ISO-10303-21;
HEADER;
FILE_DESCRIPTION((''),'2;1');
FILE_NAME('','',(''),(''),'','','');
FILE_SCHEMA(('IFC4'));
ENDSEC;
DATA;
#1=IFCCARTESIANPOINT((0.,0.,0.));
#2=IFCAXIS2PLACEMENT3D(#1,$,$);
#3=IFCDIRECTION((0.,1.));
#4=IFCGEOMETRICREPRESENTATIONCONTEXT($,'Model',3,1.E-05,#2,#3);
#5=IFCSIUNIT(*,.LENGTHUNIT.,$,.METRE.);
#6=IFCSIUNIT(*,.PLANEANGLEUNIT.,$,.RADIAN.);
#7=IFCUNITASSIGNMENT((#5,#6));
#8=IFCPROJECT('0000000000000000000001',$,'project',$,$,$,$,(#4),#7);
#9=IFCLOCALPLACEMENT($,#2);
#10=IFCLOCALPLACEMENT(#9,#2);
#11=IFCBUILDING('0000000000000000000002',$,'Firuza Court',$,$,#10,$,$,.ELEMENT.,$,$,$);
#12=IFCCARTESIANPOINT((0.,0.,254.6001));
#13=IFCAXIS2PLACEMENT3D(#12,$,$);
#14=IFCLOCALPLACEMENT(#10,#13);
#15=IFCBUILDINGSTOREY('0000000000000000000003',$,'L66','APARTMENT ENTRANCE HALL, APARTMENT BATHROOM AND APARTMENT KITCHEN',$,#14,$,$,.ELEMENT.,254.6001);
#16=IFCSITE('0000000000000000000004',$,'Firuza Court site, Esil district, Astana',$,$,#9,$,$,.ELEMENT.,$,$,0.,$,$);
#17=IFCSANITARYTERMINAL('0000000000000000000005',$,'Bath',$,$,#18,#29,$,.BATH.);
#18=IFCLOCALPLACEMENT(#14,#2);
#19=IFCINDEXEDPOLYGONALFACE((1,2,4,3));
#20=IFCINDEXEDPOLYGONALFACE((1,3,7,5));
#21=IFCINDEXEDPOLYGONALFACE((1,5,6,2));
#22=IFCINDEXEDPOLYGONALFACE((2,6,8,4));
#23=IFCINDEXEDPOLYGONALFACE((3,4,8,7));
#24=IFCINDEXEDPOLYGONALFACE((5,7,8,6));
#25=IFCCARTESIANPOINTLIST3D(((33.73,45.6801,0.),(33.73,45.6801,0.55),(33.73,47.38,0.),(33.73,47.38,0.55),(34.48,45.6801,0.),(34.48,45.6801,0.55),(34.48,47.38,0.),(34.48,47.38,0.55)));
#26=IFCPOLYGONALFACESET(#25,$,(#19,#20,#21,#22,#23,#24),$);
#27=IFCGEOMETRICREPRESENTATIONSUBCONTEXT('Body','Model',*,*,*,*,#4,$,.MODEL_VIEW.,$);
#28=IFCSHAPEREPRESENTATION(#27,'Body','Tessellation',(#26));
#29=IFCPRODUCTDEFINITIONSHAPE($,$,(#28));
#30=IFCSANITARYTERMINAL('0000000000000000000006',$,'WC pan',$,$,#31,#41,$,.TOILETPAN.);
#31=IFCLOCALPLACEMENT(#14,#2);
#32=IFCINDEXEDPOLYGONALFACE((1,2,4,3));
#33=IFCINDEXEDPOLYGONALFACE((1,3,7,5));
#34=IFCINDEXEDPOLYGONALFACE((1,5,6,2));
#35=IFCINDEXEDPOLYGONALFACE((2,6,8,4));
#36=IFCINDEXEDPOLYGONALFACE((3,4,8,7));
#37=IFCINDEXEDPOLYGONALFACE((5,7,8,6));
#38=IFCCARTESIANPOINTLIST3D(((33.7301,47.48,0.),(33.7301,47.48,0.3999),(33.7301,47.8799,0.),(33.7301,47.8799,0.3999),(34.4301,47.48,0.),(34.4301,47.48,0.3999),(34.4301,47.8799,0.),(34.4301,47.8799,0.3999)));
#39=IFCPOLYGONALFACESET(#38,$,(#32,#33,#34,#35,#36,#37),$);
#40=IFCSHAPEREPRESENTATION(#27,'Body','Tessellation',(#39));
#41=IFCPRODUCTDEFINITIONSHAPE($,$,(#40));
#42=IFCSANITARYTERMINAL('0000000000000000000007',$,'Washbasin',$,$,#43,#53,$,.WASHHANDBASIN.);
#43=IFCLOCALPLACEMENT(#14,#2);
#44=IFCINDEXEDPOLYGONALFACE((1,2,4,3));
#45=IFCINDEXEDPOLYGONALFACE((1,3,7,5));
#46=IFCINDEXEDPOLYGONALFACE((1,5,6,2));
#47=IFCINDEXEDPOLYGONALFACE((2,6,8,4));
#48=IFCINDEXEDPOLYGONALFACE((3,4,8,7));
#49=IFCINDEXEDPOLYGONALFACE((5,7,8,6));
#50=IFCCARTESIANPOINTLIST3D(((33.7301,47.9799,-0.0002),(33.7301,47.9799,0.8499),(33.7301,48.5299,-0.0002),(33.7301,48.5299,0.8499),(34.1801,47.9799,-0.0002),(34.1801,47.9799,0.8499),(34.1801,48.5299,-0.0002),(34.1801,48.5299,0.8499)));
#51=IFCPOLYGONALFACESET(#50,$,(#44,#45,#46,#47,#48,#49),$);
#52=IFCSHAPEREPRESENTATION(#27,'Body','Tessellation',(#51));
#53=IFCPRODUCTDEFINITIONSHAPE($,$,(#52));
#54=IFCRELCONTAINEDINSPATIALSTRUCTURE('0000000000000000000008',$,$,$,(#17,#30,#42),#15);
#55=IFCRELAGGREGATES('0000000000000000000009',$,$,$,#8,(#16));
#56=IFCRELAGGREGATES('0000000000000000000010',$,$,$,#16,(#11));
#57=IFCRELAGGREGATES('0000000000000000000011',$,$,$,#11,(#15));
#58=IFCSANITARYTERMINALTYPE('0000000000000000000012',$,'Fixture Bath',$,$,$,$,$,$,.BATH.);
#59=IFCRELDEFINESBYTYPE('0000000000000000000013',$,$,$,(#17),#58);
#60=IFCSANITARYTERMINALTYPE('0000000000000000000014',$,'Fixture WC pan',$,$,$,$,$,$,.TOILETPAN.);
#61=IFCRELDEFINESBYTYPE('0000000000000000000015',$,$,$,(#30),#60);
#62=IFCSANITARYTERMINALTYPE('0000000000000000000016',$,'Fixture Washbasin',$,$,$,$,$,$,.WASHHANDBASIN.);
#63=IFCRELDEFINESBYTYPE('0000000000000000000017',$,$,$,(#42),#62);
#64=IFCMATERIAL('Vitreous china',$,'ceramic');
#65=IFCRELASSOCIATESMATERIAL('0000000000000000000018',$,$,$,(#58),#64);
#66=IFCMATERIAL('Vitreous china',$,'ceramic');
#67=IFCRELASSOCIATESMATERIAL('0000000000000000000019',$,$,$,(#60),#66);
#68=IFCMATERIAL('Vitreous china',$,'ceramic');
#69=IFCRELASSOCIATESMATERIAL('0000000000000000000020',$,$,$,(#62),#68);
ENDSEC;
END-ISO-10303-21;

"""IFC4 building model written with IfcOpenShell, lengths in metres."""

from ifc_helpers import new_model, si_unit, direction, frame, origin, origin_2d, place, context, subcontext, project, spatial, rectangle, extrude, material, type_object, element, save


model = new_model("IFC4")

# Units and contexts
model_context = context("Model", 3, precision=1e-05, world=origin(), true_north=direction((0.0, 1.0)))
body_context = subcontext(model_context, "Body", "Model", "MODEL_VIEW")
ifc_project = project(units=[si_unit("LENGTHUNIT", "METRE"), si_unit("PLANEANGLEUNIT", "RADIAN")], contexts=[model_context])

# Site, building, storey
site_placement = place(None, origin())
site = spatial("IfcSite", under=ifc_project, at=site_placement, Name="Firuza Court site, Esil district, Astana", CompositionType="ELEMENT", RefElevation=0.0)
building_placement = place(site_placement, origin())
building = spatial("IfcBuilding", under=site, at=building_placement, Name="Firuza Court", CompositionType="ELEMENT")
storey_placement = place(building_placement, frame((0.0, 0.0, 254.6001)))
storey = spatial("IfcBuildingStorey", under=building, at=storey_placement, Name="L66", Description="APARTMENT ENTRANCE HALL, APARTMENT BATHROOM AND APARTMENT KITCHEN", CompositionType="ELEMENT", Elevation=254.6001)

# Sanitary terminals
ifc_material_1 = material(Name="Vitreous china", Category="ceramic")
sanitary_terminal_type_1 = type_object("IfcSanitaryTerminalType", Name="Fixture Bath", PredefinedType="BATH", material=ifc_material_1)
sanitary_terminal_1_placement = place(storey_placement, frame((34.105, 46.53, 0.0), z_axis=(0.0, 0.0, 1.0), x_axis=(1.0, 0.0, 0.0)))
element("IfcSanitaryTerminal", 1, at=sanitary_terminal_1_placement, inside=storey, type_object=sanitary_terminal_type_1, Name="Bath", PredefinedType="BATH", context=body_context, shape_type="SweptSolid", body=[
    extrude(rectangle(XDim=0.75, YDim=1.7, at=origin_2d()), origin(), (0.0, 0.0, 1.0), 0.55),
])
ifc_material_2 = material(Name="Vitreous china", Category="ceramic")
sanitary_terminal_type_2 = type_object("IfcSanitaryTerminalType", Name="Fixture WC pan", PredefinedType="TOILETPAN", material=ifc_material_2)
sanitary_terminal_2_placement = place(storey_placement, frame((34.0801, 47.6799, 0.0), z_axis=(0.0, 0.0, 1.0), x_axis=(1.0, 0.0, 0.0)))
element("IfcSanitaryTerminal", 2, at=sanitary_terminal_2_placement, inside=storey, type_object=sanitary_terminal_type_2, Name="WC pan", PredefinedType="TOILETPAN", context=body_context, shape_type="SweptSolid", body=[
    extrude(rectangle(XDim=0.7, YDim=0.3999, at=origin_2d()), origin(), (0.0, 0.0, 1.0), 0.3999),
])
ifc_material_3 = material(Name="Vitreous china", Category="ceramic")
sanitary_terminal_type_3 = type_object("IfcSanitaryTerminalType", Name="Fixture Washbasin", PredefinedType="WASHHANDBASIN", material=ifc_material_3)
sanitary_terminal_3_placement = place(storey_placement, frame((33.9551, 48.2549, -0.0002), z_axis=(0.0, 0.0, 1.0), x_axis=(1.0, 0.0, 0.0)))
element("IfcSanitaryTerminal", 3, at=sanitary_terminal_3_placement, inside=storey, type_object=sanitary_terminal_type_3, Name="Washbasin", PredefinedType="WASHHANDBASIN", context=body_context, shape_type="SweptSolid", body=[
    extrude(rectangle(XDim=0.45, YDim=0.55, at=origin_2d()), origin(), (0.0, 0.0, 1.0), 0.8501),
])

save(model, "model.ifc")
